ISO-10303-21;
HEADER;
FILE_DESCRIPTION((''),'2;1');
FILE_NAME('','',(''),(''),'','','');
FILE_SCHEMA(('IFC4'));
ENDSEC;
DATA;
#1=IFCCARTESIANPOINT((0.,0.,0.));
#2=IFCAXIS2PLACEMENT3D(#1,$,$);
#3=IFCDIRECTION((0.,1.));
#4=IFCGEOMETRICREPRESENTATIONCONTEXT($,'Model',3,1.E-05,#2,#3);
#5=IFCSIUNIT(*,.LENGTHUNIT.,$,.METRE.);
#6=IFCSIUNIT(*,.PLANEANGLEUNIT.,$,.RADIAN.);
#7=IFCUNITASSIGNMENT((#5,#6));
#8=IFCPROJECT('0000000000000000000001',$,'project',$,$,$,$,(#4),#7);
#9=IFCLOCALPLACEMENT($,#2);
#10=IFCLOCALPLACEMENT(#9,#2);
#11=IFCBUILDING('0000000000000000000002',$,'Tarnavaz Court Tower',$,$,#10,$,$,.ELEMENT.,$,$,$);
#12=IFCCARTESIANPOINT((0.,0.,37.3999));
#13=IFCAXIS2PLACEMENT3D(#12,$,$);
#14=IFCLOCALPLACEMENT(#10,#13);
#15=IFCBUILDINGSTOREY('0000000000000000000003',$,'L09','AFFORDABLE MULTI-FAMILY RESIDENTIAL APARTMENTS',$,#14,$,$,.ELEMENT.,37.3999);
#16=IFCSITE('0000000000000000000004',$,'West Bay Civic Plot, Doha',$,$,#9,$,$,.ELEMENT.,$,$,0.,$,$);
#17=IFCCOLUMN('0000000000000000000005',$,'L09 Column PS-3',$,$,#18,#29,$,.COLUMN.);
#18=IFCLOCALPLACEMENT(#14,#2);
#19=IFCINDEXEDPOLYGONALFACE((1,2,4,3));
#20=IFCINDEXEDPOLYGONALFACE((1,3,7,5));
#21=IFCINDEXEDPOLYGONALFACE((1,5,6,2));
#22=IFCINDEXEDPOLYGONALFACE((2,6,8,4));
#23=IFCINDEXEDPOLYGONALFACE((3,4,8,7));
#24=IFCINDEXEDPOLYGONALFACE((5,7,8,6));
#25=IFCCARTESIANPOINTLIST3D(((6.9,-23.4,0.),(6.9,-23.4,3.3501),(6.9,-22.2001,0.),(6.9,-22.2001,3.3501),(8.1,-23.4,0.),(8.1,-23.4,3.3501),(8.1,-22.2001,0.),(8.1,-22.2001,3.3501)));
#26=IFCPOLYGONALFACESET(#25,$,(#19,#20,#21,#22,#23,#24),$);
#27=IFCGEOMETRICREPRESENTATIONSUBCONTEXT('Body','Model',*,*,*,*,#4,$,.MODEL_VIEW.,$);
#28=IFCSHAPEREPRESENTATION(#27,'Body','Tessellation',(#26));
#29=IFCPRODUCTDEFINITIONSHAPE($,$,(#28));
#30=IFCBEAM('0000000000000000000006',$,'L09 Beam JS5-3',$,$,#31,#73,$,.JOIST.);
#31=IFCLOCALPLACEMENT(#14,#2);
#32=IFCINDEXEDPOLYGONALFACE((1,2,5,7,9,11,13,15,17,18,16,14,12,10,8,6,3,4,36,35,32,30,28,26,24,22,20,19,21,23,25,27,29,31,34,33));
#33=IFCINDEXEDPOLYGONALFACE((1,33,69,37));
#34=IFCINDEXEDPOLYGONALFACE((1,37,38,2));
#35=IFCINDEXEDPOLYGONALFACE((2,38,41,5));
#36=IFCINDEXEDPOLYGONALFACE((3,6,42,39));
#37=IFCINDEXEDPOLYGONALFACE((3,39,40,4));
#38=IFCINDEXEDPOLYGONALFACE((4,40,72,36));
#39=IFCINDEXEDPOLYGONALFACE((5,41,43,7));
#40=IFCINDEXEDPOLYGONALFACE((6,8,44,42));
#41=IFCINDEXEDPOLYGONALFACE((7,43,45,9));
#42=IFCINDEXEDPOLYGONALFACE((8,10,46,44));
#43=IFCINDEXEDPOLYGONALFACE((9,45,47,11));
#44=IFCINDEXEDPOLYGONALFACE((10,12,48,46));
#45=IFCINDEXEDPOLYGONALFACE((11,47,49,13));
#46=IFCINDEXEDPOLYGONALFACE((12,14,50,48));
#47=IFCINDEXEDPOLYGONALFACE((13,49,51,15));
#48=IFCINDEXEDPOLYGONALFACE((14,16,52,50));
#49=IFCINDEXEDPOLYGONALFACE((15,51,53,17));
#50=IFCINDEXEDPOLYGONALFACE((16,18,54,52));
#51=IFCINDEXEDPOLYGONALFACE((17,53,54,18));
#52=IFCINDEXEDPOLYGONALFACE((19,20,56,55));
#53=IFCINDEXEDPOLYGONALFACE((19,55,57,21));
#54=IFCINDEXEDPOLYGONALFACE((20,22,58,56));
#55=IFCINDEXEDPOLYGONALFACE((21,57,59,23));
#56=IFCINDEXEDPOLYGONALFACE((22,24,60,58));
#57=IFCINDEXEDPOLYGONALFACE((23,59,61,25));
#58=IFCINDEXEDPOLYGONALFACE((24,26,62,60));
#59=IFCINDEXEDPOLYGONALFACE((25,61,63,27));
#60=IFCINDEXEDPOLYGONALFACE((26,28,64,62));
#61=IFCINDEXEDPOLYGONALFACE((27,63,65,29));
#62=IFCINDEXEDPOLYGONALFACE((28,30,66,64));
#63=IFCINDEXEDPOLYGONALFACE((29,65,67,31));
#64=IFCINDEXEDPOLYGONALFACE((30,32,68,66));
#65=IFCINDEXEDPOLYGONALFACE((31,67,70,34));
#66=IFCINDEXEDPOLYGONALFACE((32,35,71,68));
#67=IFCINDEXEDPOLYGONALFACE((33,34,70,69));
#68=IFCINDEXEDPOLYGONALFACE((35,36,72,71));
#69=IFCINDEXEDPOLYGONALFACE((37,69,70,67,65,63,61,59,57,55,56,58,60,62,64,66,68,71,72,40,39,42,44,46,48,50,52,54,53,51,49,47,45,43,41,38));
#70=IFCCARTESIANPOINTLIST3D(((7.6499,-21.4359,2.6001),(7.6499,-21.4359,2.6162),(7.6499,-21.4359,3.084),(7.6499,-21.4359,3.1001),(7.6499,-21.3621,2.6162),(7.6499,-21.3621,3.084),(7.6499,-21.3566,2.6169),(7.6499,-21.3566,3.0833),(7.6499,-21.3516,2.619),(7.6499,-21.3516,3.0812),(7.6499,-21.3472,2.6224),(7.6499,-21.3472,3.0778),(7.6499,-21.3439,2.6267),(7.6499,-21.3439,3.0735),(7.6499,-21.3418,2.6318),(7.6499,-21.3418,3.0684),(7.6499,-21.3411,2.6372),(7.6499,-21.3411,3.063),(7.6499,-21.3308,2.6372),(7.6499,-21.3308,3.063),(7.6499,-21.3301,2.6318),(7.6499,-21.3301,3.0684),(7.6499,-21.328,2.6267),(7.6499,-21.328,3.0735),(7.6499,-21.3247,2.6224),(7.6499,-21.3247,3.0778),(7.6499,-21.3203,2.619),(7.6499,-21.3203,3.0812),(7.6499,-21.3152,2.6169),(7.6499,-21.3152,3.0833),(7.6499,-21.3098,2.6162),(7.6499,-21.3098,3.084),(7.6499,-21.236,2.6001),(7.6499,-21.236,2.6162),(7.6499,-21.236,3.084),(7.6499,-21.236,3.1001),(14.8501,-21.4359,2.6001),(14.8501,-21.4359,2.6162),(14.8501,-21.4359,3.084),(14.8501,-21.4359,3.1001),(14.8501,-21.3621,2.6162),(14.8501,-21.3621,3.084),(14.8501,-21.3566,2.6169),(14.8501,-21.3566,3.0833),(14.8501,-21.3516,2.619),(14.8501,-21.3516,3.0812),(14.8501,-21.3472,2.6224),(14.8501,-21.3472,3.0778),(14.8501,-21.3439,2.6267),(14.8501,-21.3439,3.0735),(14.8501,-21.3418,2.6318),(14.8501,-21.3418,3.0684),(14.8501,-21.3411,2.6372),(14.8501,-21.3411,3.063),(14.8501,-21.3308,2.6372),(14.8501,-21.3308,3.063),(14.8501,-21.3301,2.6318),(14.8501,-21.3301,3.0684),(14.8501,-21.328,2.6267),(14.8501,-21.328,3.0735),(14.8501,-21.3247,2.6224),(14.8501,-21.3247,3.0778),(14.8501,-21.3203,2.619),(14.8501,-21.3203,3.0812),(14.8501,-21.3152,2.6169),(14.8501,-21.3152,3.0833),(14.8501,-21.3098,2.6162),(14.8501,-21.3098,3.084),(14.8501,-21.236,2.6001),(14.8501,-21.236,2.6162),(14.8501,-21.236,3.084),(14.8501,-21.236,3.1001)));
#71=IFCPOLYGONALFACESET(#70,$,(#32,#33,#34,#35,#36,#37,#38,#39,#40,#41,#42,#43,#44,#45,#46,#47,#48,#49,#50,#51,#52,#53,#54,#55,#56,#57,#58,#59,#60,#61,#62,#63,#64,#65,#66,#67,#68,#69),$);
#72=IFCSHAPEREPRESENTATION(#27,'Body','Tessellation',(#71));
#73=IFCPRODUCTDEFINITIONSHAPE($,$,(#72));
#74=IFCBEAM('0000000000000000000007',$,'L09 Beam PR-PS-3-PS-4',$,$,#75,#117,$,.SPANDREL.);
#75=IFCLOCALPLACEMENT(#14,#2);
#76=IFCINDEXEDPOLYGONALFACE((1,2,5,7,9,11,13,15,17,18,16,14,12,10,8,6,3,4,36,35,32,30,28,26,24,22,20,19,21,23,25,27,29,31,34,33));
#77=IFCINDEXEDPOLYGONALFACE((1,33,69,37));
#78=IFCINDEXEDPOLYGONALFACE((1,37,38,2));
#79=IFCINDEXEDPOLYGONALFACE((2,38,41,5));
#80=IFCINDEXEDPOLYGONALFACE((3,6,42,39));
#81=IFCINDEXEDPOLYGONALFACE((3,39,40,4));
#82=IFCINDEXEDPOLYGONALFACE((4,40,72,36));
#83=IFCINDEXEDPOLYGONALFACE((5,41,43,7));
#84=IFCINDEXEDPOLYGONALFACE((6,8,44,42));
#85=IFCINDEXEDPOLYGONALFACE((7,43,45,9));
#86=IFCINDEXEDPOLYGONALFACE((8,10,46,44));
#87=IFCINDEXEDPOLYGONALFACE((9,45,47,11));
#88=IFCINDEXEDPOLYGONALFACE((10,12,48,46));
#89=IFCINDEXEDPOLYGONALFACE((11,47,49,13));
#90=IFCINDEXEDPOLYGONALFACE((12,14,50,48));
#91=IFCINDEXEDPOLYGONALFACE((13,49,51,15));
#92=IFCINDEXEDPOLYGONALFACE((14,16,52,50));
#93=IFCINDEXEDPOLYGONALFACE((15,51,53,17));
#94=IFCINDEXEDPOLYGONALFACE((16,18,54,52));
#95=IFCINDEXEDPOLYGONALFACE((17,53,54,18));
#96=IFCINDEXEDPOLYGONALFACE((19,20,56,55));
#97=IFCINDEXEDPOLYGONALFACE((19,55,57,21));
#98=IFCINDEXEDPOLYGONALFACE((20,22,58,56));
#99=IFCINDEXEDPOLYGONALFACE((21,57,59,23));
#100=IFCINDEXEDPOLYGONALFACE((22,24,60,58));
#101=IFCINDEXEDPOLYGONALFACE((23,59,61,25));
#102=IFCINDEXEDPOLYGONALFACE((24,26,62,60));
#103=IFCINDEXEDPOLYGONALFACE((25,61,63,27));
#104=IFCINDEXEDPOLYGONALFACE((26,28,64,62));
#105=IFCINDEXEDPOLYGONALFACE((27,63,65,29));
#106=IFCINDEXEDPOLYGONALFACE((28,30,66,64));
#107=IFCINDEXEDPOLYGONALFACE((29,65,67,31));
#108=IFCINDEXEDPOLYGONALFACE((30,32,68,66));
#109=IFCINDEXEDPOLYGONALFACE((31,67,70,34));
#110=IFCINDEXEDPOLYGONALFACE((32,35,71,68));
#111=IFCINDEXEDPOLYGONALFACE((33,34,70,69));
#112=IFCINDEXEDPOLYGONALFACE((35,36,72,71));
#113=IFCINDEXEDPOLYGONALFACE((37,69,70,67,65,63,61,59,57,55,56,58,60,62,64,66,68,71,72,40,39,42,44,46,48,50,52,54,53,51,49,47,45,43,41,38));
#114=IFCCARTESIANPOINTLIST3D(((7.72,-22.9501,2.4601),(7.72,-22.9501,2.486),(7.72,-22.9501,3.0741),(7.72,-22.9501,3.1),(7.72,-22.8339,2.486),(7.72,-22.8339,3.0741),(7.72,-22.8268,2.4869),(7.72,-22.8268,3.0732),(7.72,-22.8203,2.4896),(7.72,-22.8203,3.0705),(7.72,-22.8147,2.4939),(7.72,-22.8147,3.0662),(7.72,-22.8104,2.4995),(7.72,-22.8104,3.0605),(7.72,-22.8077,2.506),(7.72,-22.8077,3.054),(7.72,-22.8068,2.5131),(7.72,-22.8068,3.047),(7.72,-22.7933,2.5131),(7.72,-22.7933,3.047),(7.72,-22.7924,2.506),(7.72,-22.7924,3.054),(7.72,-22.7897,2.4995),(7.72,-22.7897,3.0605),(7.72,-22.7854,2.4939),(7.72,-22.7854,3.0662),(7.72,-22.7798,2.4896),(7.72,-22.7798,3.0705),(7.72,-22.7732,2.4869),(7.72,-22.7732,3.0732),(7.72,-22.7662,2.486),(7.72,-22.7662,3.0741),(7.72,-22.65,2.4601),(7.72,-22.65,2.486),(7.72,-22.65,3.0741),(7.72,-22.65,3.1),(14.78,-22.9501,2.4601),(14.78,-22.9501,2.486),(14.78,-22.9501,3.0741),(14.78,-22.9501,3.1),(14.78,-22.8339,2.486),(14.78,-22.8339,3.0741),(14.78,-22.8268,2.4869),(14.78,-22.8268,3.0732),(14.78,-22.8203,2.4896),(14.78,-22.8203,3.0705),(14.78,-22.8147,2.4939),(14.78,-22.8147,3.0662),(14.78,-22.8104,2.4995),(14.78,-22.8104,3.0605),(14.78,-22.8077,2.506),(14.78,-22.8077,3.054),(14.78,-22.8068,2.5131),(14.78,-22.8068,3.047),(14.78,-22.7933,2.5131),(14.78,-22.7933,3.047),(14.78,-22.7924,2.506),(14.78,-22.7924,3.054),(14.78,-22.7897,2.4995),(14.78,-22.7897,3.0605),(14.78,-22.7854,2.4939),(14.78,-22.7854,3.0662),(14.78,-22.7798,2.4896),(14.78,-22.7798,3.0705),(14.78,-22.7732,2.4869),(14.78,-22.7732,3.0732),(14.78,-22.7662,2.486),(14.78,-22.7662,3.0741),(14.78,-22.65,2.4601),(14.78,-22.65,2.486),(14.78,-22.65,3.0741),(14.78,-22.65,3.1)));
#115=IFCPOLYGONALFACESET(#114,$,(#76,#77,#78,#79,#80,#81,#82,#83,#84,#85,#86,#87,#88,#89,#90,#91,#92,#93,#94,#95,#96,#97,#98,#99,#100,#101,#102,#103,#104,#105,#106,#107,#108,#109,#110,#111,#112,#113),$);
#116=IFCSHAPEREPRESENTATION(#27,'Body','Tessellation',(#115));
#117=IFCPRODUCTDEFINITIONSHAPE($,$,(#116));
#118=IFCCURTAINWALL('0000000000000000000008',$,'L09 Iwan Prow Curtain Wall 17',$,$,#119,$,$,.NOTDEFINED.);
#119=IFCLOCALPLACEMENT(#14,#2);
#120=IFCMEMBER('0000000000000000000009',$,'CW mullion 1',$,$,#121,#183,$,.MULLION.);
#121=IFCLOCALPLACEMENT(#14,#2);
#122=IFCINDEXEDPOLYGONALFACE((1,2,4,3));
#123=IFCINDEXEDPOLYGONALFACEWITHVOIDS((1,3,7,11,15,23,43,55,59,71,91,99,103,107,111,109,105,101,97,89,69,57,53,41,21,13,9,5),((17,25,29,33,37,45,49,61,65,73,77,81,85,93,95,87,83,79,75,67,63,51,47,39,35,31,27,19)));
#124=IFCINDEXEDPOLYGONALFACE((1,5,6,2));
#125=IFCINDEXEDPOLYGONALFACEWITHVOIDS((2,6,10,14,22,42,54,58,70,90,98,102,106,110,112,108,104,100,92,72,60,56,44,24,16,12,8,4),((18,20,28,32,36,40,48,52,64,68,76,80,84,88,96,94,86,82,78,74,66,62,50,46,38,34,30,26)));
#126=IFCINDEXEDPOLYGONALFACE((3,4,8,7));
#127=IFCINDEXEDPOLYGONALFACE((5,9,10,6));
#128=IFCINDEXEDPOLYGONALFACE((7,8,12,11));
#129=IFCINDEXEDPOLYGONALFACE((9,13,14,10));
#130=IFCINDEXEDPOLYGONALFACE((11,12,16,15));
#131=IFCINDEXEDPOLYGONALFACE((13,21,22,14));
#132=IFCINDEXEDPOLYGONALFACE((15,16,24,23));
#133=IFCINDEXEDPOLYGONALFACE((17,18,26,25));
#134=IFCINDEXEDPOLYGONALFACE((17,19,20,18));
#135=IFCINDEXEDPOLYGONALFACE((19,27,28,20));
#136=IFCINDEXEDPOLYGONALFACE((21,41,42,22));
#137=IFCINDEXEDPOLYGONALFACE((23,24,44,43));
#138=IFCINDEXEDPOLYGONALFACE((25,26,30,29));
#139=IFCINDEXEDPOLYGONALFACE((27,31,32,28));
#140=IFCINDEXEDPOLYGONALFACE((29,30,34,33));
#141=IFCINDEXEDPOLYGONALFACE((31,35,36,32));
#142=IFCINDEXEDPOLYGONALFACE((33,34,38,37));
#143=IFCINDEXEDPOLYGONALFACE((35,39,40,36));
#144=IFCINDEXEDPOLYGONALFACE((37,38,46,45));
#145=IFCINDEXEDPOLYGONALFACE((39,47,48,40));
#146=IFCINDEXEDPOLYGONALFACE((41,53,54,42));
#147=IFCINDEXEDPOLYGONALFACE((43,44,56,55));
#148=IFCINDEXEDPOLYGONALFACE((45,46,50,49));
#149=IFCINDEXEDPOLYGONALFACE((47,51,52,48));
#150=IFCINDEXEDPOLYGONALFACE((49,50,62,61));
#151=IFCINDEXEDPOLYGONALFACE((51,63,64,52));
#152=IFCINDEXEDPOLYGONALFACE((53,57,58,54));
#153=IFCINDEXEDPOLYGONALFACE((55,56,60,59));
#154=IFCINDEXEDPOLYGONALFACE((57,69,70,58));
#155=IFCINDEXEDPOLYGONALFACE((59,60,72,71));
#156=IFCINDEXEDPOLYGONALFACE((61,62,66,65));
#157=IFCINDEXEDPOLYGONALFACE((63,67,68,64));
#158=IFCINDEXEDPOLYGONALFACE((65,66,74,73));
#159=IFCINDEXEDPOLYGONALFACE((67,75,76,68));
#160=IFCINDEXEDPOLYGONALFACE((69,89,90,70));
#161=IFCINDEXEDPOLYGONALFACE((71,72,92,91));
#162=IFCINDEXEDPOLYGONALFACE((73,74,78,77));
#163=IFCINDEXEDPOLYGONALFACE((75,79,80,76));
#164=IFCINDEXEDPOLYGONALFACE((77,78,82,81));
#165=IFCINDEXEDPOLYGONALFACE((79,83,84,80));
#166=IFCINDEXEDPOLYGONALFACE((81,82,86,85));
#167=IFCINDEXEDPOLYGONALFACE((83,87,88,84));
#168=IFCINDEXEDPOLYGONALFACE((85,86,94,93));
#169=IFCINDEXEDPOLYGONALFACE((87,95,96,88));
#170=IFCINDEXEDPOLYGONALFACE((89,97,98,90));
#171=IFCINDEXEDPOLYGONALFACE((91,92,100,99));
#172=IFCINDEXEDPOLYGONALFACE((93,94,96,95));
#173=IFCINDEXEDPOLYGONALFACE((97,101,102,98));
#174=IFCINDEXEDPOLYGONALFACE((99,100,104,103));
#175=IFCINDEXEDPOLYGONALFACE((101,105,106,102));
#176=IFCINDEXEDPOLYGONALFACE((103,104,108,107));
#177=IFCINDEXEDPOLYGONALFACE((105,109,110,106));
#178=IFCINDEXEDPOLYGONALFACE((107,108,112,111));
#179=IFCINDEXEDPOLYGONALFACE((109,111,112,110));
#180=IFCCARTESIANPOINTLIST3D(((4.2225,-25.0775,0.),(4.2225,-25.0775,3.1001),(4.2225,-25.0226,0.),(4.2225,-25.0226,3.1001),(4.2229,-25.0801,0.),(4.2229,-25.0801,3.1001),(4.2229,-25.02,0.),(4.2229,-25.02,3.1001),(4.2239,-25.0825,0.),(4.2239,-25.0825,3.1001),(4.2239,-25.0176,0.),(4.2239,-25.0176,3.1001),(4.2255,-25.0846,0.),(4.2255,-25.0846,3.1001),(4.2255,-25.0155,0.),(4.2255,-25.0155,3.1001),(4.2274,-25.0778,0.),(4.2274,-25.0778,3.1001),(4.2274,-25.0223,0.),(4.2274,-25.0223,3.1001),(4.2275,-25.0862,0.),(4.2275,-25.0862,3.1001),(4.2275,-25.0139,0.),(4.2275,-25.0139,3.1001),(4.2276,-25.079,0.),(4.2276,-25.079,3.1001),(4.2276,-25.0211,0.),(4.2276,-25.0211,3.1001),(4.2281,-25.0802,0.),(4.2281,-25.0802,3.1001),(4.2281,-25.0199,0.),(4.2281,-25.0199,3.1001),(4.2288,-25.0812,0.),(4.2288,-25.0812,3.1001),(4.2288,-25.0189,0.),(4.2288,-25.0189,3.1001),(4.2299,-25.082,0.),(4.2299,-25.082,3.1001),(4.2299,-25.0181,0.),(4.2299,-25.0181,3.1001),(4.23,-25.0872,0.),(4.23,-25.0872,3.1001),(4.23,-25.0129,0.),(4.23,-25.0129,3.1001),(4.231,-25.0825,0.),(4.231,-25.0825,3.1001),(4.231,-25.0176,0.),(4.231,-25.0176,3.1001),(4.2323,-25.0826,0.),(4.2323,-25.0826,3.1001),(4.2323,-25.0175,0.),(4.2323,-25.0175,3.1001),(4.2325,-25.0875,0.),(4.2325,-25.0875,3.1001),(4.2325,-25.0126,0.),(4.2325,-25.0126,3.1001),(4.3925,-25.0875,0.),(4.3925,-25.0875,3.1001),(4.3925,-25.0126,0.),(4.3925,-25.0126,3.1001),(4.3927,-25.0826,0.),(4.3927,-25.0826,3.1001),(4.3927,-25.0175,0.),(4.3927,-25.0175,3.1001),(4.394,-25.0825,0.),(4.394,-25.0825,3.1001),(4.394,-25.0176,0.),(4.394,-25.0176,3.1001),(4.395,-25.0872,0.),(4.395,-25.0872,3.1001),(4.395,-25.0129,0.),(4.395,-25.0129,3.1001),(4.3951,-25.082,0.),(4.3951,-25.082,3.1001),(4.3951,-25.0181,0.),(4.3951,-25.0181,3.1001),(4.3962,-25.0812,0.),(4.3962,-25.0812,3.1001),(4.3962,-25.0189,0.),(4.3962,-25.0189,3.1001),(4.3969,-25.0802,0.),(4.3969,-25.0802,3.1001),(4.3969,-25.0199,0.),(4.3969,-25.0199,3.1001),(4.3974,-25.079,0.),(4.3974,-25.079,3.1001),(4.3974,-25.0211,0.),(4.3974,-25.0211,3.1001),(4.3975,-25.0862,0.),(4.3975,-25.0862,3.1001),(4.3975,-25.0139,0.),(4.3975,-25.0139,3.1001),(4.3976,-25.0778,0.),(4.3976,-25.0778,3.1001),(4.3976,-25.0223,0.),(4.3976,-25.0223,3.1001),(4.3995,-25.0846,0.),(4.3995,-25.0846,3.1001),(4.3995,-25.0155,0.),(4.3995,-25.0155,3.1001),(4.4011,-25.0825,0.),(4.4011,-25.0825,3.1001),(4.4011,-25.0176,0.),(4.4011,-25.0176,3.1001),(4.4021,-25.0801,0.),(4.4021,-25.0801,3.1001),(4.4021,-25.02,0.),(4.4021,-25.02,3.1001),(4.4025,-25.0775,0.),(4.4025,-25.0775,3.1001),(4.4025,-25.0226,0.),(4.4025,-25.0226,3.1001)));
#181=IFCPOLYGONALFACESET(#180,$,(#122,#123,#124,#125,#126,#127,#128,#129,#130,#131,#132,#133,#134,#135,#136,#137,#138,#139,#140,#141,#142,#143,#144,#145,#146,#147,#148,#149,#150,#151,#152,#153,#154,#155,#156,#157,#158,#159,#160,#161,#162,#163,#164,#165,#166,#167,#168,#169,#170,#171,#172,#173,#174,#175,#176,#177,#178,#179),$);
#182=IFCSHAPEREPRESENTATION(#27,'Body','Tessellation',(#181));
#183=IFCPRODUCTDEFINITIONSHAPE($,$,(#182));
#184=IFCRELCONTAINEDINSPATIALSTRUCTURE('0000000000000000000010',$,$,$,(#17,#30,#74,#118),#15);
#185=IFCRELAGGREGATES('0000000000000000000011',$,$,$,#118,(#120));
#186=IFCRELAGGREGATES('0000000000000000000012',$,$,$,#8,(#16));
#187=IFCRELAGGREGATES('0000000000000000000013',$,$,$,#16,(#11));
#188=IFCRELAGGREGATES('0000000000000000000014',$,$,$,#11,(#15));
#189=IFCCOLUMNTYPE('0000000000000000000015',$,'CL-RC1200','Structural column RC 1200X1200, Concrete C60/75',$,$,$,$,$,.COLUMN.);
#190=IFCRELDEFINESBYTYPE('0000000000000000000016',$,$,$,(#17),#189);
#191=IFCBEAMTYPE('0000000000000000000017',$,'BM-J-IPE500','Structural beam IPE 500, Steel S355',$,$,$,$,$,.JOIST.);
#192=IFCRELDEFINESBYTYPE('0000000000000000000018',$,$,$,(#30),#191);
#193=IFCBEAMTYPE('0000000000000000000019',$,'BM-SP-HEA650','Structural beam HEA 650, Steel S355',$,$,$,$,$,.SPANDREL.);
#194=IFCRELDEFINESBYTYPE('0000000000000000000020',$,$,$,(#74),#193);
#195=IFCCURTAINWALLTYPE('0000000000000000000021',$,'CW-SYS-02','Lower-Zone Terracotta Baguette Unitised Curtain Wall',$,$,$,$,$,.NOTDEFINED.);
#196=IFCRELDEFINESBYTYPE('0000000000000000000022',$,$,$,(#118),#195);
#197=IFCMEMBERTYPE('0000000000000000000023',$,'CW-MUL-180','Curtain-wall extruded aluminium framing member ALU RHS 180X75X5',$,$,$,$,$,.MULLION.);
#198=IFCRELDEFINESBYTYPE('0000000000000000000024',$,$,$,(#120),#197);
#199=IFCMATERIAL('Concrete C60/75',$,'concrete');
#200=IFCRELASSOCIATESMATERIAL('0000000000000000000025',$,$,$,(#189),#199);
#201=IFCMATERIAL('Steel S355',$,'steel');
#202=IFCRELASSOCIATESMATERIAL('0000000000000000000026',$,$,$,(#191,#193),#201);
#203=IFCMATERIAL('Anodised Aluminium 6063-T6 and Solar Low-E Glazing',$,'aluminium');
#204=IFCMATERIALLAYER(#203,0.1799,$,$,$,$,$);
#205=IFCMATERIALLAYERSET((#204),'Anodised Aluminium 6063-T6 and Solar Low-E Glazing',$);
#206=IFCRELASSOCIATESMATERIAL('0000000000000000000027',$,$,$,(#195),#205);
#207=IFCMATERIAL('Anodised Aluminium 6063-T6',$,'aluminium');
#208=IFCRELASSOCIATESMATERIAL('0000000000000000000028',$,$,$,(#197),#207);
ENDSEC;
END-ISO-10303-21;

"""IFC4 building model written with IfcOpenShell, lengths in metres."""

from ifc_helpers import new_model, si_unit, direction, frame, origin, origin_2d, place, context, subcontext, project, spatial, rectangle, hollow_rectangle, i_section, extrude, material, layer, layer_set, material_profile, profile_set, type_object, element, aggregate, save


model = new_model("IFC4")

# Units and contexts
model_context = context("Model", 3, precision=1e-05, world=origin(), true_north=direction((0.0, 1.0)))
body_context = subcontext(model_context, "Body", "Model", "MODEL_VIEW")
ifc_project = project(units=[si_unit("LENGTHUNIT", "METRE"), si_unit("PLANEANGLEUNIT", "RADIAN")], contexts=[model_context])

# Site, building, storey
site_placement = place(None, origin())
site = spatial("IfcSite", under=ifc_project, at=site_placement, Name="West Bay Civic Plot, Doha", CompositionType="ELEMENT", RefElevation=0.0)
building_placement = place(site_placement, origin())
building = spatial("IfcBuilding", under=site, at=building_placement, Name="Tarnavaz Court Tower", CompositionType="ELEMENT")
storey_placement = place(building_placement, frame((0.0, 0.0, 37.3999)))
storey = spatial("IfcBuildingStorey", under=building, at=storey_placement, Name="L09", Description="AFFORDABLE MULTI-FAMILY RESIDENTIAL APARTMENTS", CompositionType="ELEMENT", Elevation=37.3999)

# Column
ifc_material_1 = material(Name="Concrete C60/75", Category="concrete")
ifc_material_profile_1 = material_profile(ifc_material_1, rectangle(XDim=1.2, YDim=1.2, at=origin_2d()), Name="RC 1200X1200")
ifc_profile_set_1 = profile_set([ifc_material_profile_1], Name="Concrete C60/75")
column_type = type_object("IfcColumnType", Name="CL-RC1200", Description="Structural column RC 1200X1200, Concrete C60/75", PredefinedType="COLUMN", material=ifc_profile_set_1)
column_placement = place(storey_placement, frame((7.5, -22.8, 0.0), z_axis=(0.0, 0.0, 1.0), x_axis=(1.0, 0.0, 0.0)))
element("IfcColumn", 1, at=column_placement, inside=storey, type_object=column_type, Name="L09 Column PS-3", PredefinedType="COLUMN", context=body_context, shape_type="SweptSolid", body=[
    extrude(rectangle(XDim=1.2, YDim=1.2, at=origin_2d()), origin(), (0.0, 0.0, 1.0), 3.3501),
])

# Beams
ifc_material_2 = material(Name="Steel S355", Category="steel")
ifc_material_profile_2 = material_profile(ifc_material_2, i_section(OverallWidth=0.2, OverallDepth=0.5, WebThickness=0.0103, FlangeThickness=0.0161, FilletRadius=0.021, at=origin_2d()), Name="IPE 500")
ifc_profile_set_2 = profile_set([ifc_material_profile_2], Name="Steel S355")
beam_type_1 = type_object("IfcBeamType", Name="BM-J-IPE500", Description="Structural beam IPE 500, Steel S355", PredefinedType="JOIST", material=ifc_profile_set_2)
beam_1_placement = place(storey_placement, frame((7.6499, -21.3359, 2.8501), z_axis=(1.0, 0.0, 0.0), x_axis=(0.0, 1.0, 0.0)))
element("IfcBeam", 2, at=beam_1_placement, inside=storey, type_object=beam_type_1, Name="L09 Beam JS5-3", PredefinedType="JOIST", context=body_context, shape_type="SweptSolid", body=[
    extrude(i_section(OverallWidth=0.2, OverallDepth=0.5, WebThickness=0.0103, FlangeThickness=0.0161, FilletRadius=0.021, at=origin_2d()), origin(), (0.0, 0.0, 1.0), 7.2002),
])
ifc_material_profile_3 = material_profile(ifc_material_2, i_section(OverallWidth=0.3, OverallDepth=0.6399, WebThickness=0.0134, FlangeThickness=0.0259, FilletRadius=0.0271, at=origin_2d()), Name="HEA 650")
ifc_profile_set_3 = profile_set([ifc_material_profile_3], Name="Steel S355")
beam_type_2 = type_object("IfcBeamType", Name="BM-SP-HEA650", Description="Structural beam HEA 650, Steel S355", PredefinedType="SPANDREL", material=ifc_profile_set_3)
beam_2_placement = place(storey_placement, frame((7.72, -22.8, 2.78), z_axis=(1.0, 0.0, 0.0), x_axis=(0.0, 1.0, 0.0)))
element("IfcBeam", 3, at=beam_2_placement, inside=storey, type_object=beam_type_2, Name="L09 Beam PR-PS-3-PS-4", PredefinedType="SPANDREL", context=body_context, shape_type="SweptSolid", body=[
    extrude(i_section(OverallWidth=0.3, OverallDepth=0.6399, WebThickness=0.0134, FlangeThickness=0.0259, FilletRadius=0.0271, at=origin_2d()), origin(), (0.0, 0.0, 1.0), 7.0601),
])

# Curtain wall, member
ifc_material_3 = material(Name="Anodised Aluminium 6063-T6 and Solar Low-E Glazing", Category="aluminium")
ifc_layer_1 = layer(ifc_material_3, 0.1799)
ifc_layer_set_1 = layer_set([ifc_layer_1], Name="Anodised Aluminium 6063-T6 and Solar Low-E Glazing")
curtain_wall_type = type_object("IfcCurtainWallType", Name="CW-SYS-02", Description="Lower-Zone Terracotta Baguette Unitised Curtain Wall", PredefinedType="NOTDEFINED", material=ifc_layer_set_1)
curtain_wall_placement = place(storey_placement, origin())
curtain_wall = element("IfcCurtainWall", 4, at=curtain_wall_placement, inside=storey, type_object=curtain_wall_type, Name="L09 Iwan Prow Curtain Wall 17", PredefinedType="NOTDEFINED")
ifc_material_4 = material(Name="Anodised Aluminium 6063-T6", Category="aluminium")
ifc_material_profile_4 = material_profile(ifc_material_4, hollow_rectangle(XDim=0.075, YDim=0.1799, WallThickness=0.0049, InnerFilletRadius=0.0049, OuterFilletRadius=0.01, at=origin_2d()), Name="ALU RHS 180X75X5")
ifc_profile_set_4 = profile_set([ifc_material_profile_4], Name="Anodised Aluminium 6063-T6")
member_type_1 = type_object("IfcMemberType", Name="CW-MUL-180", Description="Curtain-wall extruded aluminium framing member ALU RHS 180X75X5", PredefinedType="MULLION", material=ifc_profile_set_4)
member_1_placement = place(storey_placement, frame((4.3125, -25.05, 0.0), z_axis=(0.0, 0.0, 1.0), x_axis=(0.0, -1.0, 0.0)))
member_1 = element("IfcMember", 5, at=member_1_placement, type_object=member_type_1, Name="CW mullion 1", PredefinedType="MULLION", context=body_context, shape_type="SweptSolid", body=[
    extrude(hollow_rectangle(XDim=0.075, YDim=0.1799, WallThickness=0.0049, InnerFilletRadius=0.0049, OuterFilletRadius=0.01, at=origin_2d()), origin(), (0.0, 0.0, 1.0), 3.1001),
])
aggregate(curtain_wall, [member_1])

save(model, "model.ifc")
